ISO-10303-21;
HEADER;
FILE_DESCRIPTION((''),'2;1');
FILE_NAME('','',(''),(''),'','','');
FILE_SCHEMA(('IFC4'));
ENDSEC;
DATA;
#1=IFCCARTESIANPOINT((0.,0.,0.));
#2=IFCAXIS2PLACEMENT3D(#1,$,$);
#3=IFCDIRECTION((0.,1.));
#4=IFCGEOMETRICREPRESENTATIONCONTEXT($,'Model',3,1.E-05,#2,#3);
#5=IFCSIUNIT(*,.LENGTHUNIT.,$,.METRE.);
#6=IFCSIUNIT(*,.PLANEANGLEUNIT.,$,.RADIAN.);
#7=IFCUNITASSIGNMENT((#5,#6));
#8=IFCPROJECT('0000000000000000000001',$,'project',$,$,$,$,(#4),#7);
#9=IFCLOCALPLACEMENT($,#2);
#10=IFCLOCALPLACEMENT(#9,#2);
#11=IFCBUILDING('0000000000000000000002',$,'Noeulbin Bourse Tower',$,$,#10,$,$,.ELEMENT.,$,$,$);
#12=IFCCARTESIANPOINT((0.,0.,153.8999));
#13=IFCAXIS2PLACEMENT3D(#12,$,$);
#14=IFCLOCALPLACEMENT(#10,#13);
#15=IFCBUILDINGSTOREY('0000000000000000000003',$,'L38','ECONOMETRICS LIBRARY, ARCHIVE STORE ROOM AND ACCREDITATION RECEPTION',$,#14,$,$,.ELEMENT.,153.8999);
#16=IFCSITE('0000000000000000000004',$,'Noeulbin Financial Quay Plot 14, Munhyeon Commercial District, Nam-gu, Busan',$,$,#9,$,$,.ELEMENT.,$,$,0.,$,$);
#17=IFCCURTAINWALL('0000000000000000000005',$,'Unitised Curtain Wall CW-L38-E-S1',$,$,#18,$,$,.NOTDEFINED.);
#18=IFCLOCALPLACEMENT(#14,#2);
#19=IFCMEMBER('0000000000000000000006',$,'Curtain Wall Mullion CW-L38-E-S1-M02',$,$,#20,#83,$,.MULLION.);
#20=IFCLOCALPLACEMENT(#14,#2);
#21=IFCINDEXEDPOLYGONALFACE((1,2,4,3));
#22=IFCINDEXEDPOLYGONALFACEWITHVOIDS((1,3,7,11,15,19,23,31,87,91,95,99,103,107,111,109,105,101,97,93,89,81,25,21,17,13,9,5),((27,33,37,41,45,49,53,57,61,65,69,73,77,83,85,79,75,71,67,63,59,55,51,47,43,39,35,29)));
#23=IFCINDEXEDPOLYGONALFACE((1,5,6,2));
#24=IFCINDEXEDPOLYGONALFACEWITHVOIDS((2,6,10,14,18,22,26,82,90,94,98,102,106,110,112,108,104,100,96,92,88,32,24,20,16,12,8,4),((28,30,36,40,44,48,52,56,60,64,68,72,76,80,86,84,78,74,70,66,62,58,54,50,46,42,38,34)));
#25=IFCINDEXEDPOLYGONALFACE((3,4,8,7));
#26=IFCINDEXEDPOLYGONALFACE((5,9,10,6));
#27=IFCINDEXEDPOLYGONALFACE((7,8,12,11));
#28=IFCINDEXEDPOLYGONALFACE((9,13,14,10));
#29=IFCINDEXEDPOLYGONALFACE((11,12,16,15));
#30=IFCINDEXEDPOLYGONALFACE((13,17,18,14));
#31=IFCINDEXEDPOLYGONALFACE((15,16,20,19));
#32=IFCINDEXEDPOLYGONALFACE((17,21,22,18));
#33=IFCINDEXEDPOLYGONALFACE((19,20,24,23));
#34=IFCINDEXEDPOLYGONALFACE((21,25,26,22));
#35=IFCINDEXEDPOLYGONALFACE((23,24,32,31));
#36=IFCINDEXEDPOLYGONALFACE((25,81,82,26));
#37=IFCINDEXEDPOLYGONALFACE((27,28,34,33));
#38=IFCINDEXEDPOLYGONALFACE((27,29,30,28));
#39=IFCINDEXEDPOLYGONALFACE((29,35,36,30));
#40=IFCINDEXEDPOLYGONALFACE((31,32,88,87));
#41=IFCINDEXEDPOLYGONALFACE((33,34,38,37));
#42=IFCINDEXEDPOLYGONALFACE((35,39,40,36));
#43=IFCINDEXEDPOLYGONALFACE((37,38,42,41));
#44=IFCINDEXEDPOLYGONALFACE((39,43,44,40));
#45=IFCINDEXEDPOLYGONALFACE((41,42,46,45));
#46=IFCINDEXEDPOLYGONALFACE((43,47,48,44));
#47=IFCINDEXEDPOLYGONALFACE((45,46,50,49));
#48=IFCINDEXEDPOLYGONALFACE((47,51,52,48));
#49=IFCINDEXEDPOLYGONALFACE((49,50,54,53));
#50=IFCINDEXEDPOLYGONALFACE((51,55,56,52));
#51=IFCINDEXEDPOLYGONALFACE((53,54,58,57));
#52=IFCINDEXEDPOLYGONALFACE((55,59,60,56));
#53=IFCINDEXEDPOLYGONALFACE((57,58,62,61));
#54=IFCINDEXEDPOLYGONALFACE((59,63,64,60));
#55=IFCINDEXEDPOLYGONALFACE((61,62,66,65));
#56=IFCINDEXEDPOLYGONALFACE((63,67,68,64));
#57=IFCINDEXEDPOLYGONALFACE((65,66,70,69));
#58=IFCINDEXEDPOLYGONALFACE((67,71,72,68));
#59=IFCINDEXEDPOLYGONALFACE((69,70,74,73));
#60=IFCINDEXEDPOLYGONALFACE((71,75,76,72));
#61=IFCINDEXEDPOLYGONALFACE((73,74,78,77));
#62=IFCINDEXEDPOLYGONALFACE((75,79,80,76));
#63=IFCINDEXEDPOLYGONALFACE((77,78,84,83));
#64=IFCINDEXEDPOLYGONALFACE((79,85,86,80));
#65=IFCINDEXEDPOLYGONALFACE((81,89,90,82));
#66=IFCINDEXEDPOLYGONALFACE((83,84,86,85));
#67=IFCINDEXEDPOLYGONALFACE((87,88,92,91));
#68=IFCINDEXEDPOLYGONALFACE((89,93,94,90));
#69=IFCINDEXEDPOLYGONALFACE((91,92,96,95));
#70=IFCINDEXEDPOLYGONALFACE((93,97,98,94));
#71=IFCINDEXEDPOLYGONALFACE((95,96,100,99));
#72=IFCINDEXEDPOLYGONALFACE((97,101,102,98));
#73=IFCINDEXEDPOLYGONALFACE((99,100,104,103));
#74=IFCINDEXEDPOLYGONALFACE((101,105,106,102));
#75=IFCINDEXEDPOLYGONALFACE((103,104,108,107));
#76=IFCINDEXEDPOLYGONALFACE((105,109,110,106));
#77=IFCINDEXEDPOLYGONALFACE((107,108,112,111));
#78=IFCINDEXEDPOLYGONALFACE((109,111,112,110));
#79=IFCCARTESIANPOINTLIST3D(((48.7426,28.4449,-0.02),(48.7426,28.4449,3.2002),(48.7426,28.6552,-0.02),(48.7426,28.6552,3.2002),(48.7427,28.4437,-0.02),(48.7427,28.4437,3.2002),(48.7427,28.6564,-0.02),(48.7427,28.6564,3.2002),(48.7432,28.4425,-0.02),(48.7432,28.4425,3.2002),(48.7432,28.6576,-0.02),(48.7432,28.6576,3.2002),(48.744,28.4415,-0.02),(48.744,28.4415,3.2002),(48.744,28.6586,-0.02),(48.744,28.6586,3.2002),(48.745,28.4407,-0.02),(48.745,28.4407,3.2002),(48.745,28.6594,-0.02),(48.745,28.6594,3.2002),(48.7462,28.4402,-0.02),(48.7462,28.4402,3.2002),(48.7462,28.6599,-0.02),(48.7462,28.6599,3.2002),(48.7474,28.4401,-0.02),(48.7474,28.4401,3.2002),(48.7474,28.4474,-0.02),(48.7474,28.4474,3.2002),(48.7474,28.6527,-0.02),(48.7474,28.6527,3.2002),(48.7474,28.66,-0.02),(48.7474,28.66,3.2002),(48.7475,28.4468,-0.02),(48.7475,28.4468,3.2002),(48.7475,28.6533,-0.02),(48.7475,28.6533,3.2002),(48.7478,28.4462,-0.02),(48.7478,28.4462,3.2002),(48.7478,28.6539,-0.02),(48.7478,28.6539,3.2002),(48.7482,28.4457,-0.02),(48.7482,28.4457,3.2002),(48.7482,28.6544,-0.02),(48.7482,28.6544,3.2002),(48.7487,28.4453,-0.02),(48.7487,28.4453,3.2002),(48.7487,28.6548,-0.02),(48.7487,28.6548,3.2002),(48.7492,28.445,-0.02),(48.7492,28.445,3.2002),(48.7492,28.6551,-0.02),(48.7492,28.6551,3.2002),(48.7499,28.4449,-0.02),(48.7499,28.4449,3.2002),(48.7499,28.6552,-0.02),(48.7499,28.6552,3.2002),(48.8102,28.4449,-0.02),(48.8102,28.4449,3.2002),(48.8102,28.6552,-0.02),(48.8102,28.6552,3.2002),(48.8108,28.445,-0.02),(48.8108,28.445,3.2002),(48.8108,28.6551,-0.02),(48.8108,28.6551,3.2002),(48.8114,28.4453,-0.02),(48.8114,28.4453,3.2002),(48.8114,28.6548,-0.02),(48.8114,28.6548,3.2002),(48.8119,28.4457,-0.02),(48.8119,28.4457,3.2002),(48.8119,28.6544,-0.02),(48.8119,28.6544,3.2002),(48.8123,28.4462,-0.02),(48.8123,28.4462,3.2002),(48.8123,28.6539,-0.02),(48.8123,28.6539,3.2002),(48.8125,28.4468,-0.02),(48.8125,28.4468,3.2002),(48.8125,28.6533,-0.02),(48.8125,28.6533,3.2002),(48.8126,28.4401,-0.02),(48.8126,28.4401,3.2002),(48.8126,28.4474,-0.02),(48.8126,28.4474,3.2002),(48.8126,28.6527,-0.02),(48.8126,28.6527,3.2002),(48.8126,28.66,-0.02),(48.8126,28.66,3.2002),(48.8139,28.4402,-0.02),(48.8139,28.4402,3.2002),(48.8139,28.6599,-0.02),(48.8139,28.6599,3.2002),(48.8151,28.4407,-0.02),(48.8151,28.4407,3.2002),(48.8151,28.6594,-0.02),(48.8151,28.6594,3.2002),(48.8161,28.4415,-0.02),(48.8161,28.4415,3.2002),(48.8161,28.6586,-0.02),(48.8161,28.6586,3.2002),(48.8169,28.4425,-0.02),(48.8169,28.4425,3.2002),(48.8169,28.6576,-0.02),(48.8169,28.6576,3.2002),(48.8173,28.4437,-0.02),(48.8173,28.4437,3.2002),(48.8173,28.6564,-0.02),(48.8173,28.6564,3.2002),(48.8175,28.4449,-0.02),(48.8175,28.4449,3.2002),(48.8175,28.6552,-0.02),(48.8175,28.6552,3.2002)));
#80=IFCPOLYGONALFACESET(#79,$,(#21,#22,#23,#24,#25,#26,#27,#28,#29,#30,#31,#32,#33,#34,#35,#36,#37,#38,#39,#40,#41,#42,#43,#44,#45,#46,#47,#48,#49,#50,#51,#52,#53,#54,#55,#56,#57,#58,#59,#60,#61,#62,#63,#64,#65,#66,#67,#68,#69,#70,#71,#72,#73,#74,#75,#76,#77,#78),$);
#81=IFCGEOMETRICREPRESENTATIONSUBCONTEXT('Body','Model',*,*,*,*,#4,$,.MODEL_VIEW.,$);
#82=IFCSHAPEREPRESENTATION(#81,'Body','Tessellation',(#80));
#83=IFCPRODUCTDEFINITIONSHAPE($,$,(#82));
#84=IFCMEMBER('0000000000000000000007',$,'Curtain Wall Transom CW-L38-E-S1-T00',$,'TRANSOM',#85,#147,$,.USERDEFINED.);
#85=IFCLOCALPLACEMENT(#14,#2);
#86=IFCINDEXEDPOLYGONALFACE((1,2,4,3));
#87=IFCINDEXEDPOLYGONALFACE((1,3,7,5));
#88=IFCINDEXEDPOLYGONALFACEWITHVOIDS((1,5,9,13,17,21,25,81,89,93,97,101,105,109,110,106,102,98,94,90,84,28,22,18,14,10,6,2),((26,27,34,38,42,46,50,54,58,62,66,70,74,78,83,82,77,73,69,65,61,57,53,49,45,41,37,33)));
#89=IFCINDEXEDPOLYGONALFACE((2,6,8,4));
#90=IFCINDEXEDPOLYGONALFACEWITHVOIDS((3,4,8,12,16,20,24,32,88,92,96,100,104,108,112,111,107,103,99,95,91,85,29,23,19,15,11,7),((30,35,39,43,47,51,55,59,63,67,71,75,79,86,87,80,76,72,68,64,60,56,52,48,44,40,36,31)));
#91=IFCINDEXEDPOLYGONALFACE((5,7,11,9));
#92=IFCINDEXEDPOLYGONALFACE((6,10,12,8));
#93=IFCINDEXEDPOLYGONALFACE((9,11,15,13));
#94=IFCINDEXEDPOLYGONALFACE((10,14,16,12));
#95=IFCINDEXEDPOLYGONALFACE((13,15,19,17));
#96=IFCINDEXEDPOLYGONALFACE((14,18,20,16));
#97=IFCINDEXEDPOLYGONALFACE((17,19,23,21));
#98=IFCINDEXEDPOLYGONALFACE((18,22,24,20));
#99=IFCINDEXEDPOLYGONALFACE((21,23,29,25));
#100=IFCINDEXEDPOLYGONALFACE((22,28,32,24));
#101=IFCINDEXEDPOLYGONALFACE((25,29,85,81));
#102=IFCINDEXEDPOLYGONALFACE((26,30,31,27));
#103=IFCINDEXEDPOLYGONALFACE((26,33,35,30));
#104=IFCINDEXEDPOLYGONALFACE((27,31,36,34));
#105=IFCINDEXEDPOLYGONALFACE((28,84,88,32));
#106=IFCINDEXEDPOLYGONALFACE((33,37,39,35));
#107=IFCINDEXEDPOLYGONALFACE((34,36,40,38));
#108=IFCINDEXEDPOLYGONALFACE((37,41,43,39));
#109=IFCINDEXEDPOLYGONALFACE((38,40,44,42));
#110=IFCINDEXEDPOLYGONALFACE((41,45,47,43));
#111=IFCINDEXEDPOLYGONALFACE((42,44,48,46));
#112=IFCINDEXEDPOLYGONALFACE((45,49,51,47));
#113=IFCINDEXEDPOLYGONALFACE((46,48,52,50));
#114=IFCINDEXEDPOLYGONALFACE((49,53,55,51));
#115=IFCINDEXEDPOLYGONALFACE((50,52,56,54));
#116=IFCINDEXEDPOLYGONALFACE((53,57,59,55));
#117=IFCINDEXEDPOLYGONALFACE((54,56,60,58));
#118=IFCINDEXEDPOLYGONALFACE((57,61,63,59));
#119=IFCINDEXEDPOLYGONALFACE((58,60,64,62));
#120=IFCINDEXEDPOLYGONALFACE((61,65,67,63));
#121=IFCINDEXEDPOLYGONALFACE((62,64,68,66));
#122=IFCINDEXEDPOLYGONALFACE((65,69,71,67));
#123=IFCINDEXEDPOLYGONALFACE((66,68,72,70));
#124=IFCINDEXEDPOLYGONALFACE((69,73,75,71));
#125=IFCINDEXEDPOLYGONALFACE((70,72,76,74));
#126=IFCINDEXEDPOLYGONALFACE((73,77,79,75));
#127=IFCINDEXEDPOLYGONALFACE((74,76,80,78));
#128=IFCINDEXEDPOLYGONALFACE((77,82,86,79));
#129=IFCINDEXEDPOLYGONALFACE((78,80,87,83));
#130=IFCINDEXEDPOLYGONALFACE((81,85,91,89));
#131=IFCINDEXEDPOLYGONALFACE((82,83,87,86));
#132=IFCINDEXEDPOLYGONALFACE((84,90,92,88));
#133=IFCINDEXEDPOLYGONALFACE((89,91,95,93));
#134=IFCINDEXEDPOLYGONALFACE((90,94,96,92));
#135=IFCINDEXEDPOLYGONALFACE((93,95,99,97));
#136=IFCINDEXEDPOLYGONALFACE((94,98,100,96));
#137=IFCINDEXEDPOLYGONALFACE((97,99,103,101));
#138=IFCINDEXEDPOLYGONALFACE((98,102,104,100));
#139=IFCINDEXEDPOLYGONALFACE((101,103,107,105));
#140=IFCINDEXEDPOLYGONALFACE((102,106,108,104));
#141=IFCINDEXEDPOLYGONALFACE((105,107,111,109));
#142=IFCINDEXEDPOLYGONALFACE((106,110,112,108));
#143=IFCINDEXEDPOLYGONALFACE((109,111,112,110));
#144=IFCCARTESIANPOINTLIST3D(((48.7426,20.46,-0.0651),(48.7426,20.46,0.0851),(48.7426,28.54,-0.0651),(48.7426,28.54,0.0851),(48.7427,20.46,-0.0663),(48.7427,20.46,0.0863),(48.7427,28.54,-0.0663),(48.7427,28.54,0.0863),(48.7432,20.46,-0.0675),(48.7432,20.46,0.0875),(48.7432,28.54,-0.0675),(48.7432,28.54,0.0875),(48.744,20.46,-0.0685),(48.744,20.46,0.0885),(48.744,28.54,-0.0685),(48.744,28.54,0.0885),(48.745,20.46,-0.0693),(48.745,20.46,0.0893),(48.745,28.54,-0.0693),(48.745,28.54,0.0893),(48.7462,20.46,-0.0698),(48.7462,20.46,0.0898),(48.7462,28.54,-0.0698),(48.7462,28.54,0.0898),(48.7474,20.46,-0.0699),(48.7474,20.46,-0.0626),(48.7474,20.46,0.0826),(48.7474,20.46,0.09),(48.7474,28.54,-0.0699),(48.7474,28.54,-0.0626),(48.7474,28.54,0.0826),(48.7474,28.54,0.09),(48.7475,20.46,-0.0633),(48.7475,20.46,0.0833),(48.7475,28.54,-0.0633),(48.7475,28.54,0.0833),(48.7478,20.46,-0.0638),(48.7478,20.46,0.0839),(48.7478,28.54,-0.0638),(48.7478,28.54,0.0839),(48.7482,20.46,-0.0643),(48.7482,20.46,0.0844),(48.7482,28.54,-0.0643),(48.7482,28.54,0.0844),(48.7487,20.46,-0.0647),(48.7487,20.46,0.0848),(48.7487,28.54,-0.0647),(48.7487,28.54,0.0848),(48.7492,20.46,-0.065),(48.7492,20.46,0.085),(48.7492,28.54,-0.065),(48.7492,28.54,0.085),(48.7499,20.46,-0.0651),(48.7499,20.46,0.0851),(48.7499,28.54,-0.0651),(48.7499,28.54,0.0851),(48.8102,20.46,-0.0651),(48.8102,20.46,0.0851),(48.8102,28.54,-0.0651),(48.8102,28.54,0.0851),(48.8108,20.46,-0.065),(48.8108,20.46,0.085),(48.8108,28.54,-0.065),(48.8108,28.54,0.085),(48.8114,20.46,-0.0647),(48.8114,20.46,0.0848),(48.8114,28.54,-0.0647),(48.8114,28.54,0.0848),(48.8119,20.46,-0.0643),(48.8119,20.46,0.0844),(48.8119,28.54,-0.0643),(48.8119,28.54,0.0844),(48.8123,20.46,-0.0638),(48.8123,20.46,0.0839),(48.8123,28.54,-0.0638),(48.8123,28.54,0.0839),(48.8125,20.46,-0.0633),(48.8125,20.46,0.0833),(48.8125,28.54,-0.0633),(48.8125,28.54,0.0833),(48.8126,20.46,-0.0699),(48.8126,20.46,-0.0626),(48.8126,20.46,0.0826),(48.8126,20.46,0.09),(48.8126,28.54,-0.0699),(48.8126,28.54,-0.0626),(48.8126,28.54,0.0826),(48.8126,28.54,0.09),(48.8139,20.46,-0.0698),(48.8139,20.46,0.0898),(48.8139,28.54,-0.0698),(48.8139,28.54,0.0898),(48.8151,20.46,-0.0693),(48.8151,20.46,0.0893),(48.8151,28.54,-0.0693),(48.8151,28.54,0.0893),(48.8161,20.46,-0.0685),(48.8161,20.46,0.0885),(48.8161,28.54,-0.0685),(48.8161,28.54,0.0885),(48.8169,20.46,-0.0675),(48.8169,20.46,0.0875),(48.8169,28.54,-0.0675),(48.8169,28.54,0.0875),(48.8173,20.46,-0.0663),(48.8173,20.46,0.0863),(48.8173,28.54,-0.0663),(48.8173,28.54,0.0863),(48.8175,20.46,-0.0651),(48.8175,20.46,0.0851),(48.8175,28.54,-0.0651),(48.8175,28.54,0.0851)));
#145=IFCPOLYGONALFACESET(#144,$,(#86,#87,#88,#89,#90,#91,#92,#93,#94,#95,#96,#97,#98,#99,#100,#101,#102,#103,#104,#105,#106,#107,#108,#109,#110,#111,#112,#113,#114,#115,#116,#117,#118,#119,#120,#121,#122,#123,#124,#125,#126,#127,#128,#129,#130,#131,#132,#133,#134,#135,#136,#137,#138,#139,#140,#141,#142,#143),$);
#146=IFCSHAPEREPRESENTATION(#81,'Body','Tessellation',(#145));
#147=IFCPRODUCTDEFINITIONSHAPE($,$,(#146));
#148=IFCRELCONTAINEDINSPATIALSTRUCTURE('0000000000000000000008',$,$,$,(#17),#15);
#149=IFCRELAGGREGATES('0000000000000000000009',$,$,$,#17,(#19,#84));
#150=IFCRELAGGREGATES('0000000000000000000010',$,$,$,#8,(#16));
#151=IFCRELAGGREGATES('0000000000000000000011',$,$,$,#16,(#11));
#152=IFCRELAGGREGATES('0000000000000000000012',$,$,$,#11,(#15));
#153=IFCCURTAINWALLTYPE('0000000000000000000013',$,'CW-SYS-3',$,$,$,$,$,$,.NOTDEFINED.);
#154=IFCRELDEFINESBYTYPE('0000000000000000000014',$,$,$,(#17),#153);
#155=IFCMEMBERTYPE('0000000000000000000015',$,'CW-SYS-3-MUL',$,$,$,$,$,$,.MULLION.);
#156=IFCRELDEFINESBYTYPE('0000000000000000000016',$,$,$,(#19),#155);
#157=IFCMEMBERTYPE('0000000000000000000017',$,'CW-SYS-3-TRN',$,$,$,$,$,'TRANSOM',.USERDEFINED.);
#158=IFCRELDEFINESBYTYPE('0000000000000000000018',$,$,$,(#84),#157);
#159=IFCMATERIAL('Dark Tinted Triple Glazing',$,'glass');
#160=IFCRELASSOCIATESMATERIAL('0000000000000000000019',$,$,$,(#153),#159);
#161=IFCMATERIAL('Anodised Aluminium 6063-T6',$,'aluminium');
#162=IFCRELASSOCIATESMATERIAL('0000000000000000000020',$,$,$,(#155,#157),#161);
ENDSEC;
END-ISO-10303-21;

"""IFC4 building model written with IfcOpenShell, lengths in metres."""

from ifc_helpers import new_model, si_unit, direction, frame, origin, origin_2d, place, context, subcontext, project, spatial, hollow_rectangle, extrude, material, material_profile, profile_set, type_object, element, aggregate, save


model = new_model("IFC4")

# Units and contexts
model_context = context("Model", 3, precision=1e-05, world=origin(), true_north=direction((0.0, 1.0)))
body_context = subcontext(model_context, "Body", "Model", "MODEL_VIEW")
ifc_project = project(units=[si_unit("LENGTHUNIT", "METRE"), si_unit("PLANEANGLEUNIT", "RADIAN")], contexts=[model_context])

# Site, building, storey
site_placement = place(None, origin())
site = spatial("IfcSite", under=ifc_project, at=site_placement, Name="Noeulbin Financial Quay Plot 14, Munhyeon Commercial District, Nam-gu, Busan", CompositionType="ELEMENT", RefElevation=0.0)
building_placement = place(site_placement, origin())
building = spatial("IfcBuilding", under=site, at=building_placement, Name="Noeulbin Bourse Tower", CompositionType="ELEMENT")
storey_placement = place(building_placement, frame((0.0, 0.0, 153.8999)))
storey = spatial("IfcBuildingStorey", under=building, at=storey_placement, Name="L38", Description="ECONOMETRICS LIBRARY, ARCHIVE STORE ROOM AND ACCREDITATION RECEPTION", CompositionType="ELEMENT", Elevation=153.8999)

# Curtain wall, members
ifc_material_1 = material(Name="Dark Tinted Triple Glazing", Category="glass")
curtain_wall_type = type_object("IfcCurtainWallType", Name="CW-SYS-3", PredefinedType="NOTDEFINED", material=ifc_material_1)
curtain_wall_placement = place(storey_placement, origin())
curtain_wall = element("IfcCurtainWall", 1, at=curtain_wall_placement, inside=storey, type_object=curtain_wall_type, Name="Unitised Curtain Wall CW-L38-E-S1", PredefinedType="NOTDEFINED")
ifc_material_2 = material(Name="Anodised Aluminium 6063-T6", Category="aluminium")
ifc_material_profile_1 = material_profile(ifc_material_2, hollow_rectangle(XDim=0.075, YDim=0.22, WallThickness=0.0049, InnerFilletRadius=0.0024, OuterFilletRadius=0.0049, at=origin_2d()), Name="ALU-MULL-75x220x5", Category="LoadBearing")
ifc_profile_set_1 = profile_set([ifc_material_profile_1], Name="Anodised Aluminium 6063-T6")
member_type_1 = type_object("IfcMemberType", Name="CW-SYS-3-MUL", PredefinedType="MULLION", material=ifc_profile_set_1)
member_1_placement = place(storey_placement, frame((48.78, 28.55, -0.02), z_axis=(0.0, 0.0, 1.0), x_axis=(1.0, 0.0, 0.0)))
member_1 = element("IfcMember", 2, at=member_1_placement, type_object=member_type_1, Name="Curtain Wall Mullion CW-L38-E-S1-M02", PredefinedType="MULLION", context=body_context, shape_type="SweptSolid", body=[
    extrude(hollow_rectangle(XDim=0.075, YDim=0.22, WallThickness=0.0049, InnerFilletRadius=0.0024, OuterFilletRadius=0.0049, at=origin_2d()), origin(), (0.0, 0.0, 1.0), 3.2202),
])
ifc_material_profile_2 = material_profile(ifc_material_2, hollow_rectangle(XDim=0.075, YDim=0.1599, WallThickness=0.0049, InnerFilletRadius=0.0024, OuterFilletRadius=0.0049, at=origin_2d()), Name="ALU-TRAN-75x160x5", Category="LoadBearing")
ifc_profile_set_2 = profile_set([ifc_material_profile_2], Name="Anodised Aluminium 6063-T6")
member_type_2 = type_object("IfcMemberType", Name="CW-SYS-3-TRN", ElementType="TRANSOM", PredefinedType="USERDEFINED", material=ifc_profile_set_2)
member_2_placement = place(storey_placement, frame((48.78, 20.46, 0.01), z_axis=(0.0, 1.0, 0.0), x_axis=(-1.0, 0.0, 0.0)))
member_2 = element("IfcMember", 3, at=member_2_placement, type_object=member_type_2, Name="Curtain Wall Transom CW-L38-E-S1-T00", ObjectType="TRANSOM", PredefinedType="USERDEFINED", context=body_context, shape_type="SweptSolid", body=[
    extrude(hollow_rectangle(XDim=0.075, YDim=0.1599, WallThickness=0.0049, InnerFilletRadius=0.0024, OuterFilletRadius=0.0049, at=origin_2d()), origin(), (0.0, 0.0, 1.0), 8.0801),
])
aggregate(curtain_wall, [member_1, member_2])

save(model, "model.ifc")
